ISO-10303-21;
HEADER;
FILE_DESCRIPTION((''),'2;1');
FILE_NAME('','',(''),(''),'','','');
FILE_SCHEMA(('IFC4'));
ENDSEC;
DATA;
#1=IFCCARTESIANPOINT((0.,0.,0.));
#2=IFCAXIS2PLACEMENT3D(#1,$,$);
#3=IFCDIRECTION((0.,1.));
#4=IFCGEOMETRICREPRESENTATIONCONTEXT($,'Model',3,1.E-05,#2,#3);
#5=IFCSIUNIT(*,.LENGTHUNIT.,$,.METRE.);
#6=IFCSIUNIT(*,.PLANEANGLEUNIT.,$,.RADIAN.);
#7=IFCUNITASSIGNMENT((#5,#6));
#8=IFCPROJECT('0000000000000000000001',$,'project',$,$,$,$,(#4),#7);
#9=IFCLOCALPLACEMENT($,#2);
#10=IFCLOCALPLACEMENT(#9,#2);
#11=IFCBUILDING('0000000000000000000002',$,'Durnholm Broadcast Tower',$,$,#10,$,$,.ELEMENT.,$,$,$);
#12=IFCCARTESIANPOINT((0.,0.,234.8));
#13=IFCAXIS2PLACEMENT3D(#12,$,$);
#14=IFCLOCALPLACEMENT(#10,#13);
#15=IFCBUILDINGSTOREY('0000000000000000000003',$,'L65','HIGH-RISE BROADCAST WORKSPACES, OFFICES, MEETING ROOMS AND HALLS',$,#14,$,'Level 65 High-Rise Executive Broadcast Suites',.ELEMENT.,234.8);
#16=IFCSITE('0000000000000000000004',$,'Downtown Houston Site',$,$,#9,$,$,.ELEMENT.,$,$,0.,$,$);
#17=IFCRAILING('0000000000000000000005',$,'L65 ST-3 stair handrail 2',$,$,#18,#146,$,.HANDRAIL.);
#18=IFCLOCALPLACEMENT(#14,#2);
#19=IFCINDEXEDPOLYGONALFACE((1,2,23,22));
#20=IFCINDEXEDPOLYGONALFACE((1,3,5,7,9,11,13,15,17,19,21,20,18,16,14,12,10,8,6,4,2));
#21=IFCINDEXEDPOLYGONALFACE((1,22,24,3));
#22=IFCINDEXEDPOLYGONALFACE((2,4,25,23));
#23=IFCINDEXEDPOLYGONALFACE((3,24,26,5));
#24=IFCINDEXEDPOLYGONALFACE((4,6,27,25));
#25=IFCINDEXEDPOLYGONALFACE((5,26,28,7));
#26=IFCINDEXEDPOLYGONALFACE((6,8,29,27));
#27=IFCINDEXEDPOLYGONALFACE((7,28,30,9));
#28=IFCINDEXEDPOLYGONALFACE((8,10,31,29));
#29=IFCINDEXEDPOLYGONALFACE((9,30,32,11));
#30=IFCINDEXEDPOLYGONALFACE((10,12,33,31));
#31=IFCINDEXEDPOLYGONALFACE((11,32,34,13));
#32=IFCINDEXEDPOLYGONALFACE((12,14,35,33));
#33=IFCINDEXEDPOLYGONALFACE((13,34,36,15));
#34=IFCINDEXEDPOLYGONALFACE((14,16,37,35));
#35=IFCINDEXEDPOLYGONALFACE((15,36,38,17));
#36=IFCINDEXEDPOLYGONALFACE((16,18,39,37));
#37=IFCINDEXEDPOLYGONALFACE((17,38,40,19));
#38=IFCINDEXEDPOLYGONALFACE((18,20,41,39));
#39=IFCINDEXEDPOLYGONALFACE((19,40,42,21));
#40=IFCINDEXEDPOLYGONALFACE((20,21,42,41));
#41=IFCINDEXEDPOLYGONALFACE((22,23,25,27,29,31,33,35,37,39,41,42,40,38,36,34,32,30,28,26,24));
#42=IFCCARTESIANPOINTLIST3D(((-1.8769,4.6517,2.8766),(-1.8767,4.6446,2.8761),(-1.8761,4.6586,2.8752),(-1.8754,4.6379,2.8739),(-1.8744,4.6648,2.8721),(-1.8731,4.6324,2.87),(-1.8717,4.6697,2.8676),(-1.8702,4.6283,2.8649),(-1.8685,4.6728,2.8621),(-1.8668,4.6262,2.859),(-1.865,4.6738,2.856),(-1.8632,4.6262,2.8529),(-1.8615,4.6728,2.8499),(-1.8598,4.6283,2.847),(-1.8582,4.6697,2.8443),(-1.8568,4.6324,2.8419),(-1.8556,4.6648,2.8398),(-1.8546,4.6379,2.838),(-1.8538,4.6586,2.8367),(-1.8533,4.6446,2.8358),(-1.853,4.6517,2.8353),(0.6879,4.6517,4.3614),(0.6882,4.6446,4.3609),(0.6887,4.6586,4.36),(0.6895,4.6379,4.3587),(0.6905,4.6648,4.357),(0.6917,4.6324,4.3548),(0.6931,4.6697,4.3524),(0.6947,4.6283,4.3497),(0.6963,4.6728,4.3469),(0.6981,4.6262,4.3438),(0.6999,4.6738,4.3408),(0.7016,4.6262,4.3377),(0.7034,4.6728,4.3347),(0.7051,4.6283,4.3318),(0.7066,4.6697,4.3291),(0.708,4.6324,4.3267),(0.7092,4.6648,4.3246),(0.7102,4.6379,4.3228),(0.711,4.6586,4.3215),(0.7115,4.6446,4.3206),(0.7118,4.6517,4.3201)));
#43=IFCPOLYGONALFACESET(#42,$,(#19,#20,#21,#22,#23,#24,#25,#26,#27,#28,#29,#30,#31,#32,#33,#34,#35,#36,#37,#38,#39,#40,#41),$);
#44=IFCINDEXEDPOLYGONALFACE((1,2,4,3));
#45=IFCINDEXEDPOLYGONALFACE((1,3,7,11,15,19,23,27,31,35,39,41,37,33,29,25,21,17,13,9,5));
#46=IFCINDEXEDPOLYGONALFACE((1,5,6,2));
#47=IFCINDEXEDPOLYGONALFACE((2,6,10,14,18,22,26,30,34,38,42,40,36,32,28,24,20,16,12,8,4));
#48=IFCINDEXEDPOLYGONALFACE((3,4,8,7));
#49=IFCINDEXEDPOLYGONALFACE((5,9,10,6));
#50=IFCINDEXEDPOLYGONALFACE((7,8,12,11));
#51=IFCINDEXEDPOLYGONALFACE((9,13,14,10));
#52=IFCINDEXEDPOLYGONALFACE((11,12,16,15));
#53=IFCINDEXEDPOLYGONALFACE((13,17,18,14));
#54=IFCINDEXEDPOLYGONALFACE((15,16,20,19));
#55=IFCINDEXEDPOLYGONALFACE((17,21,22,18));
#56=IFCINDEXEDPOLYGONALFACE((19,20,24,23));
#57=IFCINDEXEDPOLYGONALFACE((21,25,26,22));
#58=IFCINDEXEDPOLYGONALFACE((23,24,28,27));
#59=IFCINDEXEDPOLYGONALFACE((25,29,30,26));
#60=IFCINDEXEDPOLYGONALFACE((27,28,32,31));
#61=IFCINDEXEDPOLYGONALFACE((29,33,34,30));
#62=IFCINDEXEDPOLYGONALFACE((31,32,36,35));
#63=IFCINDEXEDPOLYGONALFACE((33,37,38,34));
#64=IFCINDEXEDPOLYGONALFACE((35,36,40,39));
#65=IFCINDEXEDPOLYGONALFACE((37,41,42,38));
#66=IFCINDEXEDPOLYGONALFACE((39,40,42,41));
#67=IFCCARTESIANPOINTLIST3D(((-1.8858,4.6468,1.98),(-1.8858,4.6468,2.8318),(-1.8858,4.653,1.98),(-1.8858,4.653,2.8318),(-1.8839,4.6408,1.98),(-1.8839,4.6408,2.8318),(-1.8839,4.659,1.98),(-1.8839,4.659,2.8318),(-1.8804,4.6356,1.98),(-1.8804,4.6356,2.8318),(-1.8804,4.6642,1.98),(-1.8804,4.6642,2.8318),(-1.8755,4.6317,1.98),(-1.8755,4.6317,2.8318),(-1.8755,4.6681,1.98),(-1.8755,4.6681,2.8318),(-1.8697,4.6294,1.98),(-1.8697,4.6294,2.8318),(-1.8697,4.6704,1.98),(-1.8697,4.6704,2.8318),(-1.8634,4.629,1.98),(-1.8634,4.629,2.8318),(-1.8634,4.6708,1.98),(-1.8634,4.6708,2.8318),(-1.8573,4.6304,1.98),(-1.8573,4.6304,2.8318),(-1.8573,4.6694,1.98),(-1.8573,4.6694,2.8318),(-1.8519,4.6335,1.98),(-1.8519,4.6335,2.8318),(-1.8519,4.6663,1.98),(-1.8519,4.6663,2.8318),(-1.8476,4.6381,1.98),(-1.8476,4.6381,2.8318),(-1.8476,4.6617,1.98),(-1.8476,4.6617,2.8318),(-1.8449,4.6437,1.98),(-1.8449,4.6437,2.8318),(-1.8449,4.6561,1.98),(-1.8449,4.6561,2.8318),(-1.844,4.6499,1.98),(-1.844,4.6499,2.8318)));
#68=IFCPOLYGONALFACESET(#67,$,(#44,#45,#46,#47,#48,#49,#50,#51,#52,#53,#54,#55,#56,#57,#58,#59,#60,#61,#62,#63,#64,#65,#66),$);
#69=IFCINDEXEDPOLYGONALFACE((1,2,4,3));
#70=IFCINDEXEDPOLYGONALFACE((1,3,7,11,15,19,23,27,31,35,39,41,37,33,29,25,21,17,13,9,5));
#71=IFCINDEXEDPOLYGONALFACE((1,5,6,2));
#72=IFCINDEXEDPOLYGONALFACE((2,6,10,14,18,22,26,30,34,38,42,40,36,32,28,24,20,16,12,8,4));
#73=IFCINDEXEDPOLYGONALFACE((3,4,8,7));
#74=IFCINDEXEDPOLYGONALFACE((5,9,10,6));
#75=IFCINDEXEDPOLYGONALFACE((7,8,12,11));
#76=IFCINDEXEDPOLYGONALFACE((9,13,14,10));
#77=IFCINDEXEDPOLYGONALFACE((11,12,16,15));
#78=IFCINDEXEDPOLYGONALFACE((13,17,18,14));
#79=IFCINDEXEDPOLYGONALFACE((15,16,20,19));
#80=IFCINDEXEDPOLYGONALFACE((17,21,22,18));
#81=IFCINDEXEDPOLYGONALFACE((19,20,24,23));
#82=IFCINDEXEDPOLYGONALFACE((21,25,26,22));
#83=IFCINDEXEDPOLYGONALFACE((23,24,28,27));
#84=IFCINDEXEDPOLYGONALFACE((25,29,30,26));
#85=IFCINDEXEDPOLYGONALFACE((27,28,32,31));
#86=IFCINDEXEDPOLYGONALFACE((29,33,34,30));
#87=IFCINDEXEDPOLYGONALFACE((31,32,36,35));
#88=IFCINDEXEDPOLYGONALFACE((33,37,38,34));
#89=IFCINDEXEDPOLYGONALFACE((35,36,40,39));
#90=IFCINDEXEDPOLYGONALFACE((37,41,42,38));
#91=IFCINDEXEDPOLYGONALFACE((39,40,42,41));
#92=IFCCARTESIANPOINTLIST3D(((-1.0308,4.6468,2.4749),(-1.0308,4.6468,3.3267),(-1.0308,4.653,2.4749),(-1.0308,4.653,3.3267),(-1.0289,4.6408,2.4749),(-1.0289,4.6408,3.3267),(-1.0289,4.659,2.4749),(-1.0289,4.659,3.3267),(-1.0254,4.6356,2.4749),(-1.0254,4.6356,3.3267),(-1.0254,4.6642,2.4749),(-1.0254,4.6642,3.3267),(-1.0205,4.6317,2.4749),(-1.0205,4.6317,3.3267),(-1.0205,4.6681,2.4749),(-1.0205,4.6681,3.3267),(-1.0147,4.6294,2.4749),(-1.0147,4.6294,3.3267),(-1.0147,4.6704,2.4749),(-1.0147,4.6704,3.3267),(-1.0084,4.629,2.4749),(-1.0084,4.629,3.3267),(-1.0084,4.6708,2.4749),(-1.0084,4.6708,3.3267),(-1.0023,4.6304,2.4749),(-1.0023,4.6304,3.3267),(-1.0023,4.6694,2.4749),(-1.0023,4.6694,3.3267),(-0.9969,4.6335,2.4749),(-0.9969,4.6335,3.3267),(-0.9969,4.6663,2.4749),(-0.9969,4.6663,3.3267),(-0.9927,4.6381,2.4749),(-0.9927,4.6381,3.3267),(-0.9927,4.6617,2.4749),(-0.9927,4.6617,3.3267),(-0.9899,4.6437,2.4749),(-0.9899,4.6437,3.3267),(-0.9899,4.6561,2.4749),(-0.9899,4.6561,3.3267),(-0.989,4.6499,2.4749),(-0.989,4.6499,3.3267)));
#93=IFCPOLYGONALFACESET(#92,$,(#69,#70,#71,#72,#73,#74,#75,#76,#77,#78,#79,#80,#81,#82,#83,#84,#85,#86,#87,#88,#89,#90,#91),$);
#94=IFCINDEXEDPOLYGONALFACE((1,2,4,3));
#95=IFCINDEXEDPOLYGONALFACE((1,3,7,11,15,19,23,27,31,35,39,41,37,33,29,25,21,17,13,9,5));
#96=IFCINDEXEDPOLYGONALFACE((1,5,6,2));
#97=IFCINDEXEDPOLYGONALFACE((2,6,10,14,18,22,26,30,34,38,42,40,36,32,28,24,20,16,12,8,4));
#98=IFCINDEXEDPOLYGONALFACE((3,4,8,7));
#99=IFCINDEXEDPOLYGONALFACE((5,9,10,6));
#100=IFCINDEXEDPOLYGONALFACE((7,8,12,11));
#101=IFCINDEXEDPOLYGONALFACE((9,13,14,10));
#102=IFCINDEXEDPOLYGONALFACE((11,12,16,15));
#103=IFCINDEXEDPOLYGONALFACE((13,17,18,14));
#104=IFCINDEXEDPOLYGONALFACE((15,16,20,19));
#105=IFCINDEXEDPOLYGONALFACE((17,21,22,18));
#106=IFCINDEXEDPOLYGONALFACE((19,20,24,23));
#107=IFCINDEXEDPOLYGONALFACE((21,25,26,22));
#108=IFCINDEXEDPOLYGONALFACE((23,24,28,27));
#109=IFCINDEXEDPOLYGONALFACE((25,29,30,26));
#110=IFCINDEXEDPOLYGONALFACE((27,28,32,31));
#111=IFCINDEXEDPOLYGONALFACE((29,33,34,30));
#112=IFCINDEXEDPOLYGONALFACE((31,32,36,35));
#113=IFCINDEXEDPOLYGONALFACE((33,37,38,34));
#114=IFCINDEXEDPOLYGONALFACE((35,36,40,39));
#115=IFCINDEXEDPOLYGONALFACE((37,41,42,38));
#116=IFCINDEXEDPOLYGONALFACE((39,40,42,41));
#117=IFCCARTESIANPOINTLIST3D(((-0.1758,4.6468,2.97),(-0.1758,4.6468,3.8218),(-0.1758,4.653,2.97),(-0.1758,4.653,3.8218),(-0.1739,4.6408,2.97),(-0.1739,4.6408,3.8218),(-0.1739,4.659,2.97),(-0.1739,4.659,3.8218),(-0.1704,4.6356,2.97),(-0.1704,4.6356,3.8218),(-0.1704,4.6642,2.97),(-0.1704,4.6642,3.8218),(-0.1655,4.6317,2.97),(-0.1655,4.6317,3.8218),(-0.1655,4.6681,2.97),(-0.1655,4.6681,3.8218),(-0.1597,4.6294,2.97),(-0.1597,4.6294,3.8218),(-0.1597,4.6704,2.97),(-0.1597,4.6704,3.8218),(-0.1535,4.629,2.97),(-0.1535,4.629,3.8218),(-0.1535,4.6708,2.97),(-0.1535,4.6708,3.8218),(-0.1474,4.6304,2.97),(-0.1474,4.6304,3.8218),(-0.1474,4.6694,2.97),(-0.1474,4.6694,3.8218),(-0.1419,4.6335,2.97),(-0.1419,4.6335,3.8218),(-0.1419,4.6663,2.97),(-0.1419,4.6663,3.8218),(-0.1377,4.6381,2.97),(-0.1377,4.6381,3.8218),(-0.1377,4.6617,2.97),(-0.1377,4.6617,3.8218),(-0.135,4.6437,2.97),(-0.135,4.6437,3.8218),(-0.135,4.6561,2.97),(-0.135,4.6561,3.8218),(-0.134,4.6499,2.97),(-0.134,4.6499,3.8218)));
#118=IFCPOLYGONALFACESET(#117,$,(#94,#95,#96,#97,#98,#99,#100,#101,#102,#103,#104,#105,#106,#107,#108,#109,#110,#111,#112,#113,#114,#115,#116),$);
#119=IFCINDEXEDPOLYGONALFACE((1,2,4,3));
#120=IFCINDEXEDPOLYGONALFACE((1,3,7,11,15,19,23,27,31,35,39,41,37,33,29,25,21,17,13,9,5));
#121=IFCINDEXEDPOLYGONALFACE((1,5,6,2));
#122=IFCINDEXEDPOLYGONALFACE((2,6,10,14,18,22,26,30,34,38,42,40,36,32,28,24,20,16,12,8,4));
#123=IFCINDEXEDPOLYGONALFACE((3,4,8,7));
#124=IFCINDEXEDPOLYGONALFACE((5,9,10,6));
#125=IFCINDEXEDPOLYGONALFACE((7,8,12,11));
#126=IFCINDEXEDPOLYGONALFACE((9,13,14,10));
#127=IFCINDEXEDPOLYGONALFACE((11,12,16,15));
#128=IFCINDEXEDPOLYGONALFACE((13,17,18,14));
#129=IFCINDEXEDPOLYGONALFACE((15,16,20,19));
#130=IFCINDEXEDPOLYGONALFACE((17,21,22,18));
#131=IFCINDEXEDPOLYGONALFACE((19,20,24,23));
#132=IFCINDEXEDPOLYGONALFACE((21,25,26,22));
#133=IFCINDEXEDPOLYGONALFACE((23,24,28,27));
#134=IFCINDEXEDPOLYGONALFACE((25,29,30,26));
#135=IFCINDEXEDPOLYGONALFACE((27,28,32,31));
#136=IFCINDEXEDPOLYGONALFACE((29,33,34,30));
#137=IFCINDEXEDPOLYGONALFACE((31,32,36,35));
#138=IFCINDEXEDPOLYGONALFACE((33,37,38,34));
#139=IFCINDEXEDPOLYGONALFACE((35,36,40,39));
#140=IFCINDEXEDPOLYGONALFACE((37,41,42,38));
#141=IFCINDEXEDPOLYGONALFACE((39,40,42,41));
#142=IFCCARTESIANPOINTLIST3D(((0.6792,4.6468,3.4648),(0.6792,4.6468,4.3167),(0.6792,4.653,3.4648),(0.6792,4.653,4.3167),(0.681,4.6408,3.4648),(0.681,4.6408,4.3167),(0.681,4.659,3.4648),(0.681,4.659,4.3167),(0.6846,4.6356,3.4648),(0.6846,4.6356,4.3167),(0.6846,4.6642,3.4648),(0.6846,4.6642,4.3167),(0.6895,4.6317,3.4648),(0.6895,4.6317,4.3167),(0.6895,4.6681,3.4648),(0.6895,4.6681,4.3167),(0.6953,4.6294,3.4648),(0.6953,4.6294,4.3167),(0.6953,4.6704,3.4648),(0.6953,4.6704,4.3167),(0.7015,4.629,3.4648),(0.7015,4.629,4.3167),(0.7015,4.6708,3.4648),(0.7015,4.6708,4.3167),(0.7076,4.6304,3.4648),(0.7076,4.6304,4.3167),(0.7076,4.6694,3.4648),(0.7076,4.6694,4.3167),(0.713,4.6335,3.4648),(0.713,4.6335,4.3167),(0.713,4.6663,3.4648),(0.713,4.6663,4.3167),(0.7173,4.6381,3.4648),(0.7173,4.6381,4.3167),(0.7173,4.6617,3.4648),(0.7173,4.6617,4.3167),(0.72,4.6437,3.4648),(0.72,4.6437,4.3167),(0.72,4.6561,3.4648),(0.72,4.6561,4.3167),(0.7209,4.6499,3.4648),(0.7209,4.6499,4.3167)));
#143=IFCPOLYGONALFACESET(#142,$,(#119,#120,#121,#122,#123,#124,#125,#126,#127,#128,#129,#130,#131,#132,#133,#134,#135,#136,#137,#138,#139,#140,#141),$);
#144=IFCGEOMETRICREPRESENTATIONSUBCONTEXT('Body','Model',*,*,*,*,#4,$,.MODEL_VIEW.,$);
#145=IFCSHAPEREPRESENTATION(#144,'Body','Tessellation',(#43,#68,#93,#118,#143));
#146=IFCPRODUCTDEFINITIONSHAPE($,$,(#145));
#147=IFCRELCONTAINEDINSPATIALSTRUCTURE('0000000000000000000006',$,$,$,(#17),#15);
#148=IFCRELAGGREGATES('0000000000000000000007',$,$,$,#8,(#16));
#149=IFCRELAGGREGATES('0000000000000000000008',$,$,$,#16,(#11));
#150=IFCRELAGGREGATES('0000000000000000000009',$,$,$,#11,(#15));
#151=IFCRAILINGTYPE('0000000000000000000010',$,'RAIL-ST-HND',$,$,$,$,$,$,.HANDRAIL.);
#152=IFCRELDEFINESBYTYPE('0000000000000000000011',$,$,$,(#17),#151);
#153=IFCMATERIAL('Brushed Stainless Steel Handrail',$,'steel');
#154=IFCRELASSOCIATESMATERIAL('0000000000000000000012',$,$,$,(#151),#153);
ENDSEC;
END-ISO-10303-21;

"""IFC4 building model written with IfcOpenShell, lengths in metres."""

from ifc_helpers import new_model, si_unit, direction, frame, origin, origin_2d, place, context, subcontext, project, spatial, circle, extrude, material, type_object, element, save


model = new_model("IFC4")

# Units and contexts
model_context = context("Model", 3, precision=1e-05, world=origin(), true_north=direction((0.0, 1.0)))
body_context = subcontext(model_context, "Body", "Model", "MODEL_VIEW")
ifc_project = project(units=[si_unit("LENGTHUNIT", "METRE"), si_unit("PLANEANGLEUNIT", "RADIAN")], contexts=[model_context])

# Site, building, storey
site_placement = place(None, origin())
site = spatial("IfcSite", under=ifc_project, at=site_placement, Name="Downtown Houston Site", CompositionType="ELEMENT", RefElevation=0.0)
building_placement = place(site_placement, origin())
building = spatial("IfcBuilding", under=site, at=building_placement, Name="Durnholm Broadcast Tower", CompositionType="ELEMENT")
storey_placement = place(building_placement, frame((0.0, 0.0, 234.8)))
storey = spatial("IfcBuildingStorey", under=building, at=storey_placement, Name="L65", Description="HIGH-RISE BROADCAST WORKSPACES, OFFICES, MEETING ROOMS AND HALLS", LongName="Level 65 High-Rise Executive Broadcast Suites", CompositionType="ELEMENT", Elevation=234.8)

# Railing
ifc_material_1 = material(Name="Brushed Stainless Steel Handrail", Category="steel")
railing_type_1 = type_object("IfcRailingType", Name="RAIL-ST-HND", PredefinedType="HANDRAIL", material=ifc_material_1)
railing_1_placement = place(storey_placement, frame((-1.865, 4.6499, 1.98)))
element("IfcRailing", 1, at=railing_1_placement, inside=storey, type_object=railing_type_1, Name="L65 ST-3 stair handrail 2", PredefinedType="HANDRAIL", context=body_context, shape_type="SweptSolid", body=[
    extrude(circle(Radius=0.0239, at=origin_2d()), frame((0.0, 0.0, 0.876), z_axis=(0.865441, 0.0, 0.50101), x_axis=(0.0, 1.0, 0.0)), (0.0, 0.0, 1.0), 2.9636),
    extrude(circle(Radius=0.021, at=origin_2d()), origin(), (0.0, 0.0, 1.0), 0.8518),
    extrude(circle(Radius=0.021, at=origin_2d()), frame((0.855, 0.0, 0.4949)), (0.0, 0.0, 1.0), 0.8518),
    extrude(circle(Radius=0.021, at=origin_2d()), frame((1.71, 0.0, 0.99)), (0.0, 0.0, 1.0), 0.8518),
    extrude(circle(Radius=0.021, at=origin_2d()), frame((2.5649, 0.0, 1.4849)), (0.0, 0.0, 1.0), 0.8518),
])

save(model, "model.ifc")
